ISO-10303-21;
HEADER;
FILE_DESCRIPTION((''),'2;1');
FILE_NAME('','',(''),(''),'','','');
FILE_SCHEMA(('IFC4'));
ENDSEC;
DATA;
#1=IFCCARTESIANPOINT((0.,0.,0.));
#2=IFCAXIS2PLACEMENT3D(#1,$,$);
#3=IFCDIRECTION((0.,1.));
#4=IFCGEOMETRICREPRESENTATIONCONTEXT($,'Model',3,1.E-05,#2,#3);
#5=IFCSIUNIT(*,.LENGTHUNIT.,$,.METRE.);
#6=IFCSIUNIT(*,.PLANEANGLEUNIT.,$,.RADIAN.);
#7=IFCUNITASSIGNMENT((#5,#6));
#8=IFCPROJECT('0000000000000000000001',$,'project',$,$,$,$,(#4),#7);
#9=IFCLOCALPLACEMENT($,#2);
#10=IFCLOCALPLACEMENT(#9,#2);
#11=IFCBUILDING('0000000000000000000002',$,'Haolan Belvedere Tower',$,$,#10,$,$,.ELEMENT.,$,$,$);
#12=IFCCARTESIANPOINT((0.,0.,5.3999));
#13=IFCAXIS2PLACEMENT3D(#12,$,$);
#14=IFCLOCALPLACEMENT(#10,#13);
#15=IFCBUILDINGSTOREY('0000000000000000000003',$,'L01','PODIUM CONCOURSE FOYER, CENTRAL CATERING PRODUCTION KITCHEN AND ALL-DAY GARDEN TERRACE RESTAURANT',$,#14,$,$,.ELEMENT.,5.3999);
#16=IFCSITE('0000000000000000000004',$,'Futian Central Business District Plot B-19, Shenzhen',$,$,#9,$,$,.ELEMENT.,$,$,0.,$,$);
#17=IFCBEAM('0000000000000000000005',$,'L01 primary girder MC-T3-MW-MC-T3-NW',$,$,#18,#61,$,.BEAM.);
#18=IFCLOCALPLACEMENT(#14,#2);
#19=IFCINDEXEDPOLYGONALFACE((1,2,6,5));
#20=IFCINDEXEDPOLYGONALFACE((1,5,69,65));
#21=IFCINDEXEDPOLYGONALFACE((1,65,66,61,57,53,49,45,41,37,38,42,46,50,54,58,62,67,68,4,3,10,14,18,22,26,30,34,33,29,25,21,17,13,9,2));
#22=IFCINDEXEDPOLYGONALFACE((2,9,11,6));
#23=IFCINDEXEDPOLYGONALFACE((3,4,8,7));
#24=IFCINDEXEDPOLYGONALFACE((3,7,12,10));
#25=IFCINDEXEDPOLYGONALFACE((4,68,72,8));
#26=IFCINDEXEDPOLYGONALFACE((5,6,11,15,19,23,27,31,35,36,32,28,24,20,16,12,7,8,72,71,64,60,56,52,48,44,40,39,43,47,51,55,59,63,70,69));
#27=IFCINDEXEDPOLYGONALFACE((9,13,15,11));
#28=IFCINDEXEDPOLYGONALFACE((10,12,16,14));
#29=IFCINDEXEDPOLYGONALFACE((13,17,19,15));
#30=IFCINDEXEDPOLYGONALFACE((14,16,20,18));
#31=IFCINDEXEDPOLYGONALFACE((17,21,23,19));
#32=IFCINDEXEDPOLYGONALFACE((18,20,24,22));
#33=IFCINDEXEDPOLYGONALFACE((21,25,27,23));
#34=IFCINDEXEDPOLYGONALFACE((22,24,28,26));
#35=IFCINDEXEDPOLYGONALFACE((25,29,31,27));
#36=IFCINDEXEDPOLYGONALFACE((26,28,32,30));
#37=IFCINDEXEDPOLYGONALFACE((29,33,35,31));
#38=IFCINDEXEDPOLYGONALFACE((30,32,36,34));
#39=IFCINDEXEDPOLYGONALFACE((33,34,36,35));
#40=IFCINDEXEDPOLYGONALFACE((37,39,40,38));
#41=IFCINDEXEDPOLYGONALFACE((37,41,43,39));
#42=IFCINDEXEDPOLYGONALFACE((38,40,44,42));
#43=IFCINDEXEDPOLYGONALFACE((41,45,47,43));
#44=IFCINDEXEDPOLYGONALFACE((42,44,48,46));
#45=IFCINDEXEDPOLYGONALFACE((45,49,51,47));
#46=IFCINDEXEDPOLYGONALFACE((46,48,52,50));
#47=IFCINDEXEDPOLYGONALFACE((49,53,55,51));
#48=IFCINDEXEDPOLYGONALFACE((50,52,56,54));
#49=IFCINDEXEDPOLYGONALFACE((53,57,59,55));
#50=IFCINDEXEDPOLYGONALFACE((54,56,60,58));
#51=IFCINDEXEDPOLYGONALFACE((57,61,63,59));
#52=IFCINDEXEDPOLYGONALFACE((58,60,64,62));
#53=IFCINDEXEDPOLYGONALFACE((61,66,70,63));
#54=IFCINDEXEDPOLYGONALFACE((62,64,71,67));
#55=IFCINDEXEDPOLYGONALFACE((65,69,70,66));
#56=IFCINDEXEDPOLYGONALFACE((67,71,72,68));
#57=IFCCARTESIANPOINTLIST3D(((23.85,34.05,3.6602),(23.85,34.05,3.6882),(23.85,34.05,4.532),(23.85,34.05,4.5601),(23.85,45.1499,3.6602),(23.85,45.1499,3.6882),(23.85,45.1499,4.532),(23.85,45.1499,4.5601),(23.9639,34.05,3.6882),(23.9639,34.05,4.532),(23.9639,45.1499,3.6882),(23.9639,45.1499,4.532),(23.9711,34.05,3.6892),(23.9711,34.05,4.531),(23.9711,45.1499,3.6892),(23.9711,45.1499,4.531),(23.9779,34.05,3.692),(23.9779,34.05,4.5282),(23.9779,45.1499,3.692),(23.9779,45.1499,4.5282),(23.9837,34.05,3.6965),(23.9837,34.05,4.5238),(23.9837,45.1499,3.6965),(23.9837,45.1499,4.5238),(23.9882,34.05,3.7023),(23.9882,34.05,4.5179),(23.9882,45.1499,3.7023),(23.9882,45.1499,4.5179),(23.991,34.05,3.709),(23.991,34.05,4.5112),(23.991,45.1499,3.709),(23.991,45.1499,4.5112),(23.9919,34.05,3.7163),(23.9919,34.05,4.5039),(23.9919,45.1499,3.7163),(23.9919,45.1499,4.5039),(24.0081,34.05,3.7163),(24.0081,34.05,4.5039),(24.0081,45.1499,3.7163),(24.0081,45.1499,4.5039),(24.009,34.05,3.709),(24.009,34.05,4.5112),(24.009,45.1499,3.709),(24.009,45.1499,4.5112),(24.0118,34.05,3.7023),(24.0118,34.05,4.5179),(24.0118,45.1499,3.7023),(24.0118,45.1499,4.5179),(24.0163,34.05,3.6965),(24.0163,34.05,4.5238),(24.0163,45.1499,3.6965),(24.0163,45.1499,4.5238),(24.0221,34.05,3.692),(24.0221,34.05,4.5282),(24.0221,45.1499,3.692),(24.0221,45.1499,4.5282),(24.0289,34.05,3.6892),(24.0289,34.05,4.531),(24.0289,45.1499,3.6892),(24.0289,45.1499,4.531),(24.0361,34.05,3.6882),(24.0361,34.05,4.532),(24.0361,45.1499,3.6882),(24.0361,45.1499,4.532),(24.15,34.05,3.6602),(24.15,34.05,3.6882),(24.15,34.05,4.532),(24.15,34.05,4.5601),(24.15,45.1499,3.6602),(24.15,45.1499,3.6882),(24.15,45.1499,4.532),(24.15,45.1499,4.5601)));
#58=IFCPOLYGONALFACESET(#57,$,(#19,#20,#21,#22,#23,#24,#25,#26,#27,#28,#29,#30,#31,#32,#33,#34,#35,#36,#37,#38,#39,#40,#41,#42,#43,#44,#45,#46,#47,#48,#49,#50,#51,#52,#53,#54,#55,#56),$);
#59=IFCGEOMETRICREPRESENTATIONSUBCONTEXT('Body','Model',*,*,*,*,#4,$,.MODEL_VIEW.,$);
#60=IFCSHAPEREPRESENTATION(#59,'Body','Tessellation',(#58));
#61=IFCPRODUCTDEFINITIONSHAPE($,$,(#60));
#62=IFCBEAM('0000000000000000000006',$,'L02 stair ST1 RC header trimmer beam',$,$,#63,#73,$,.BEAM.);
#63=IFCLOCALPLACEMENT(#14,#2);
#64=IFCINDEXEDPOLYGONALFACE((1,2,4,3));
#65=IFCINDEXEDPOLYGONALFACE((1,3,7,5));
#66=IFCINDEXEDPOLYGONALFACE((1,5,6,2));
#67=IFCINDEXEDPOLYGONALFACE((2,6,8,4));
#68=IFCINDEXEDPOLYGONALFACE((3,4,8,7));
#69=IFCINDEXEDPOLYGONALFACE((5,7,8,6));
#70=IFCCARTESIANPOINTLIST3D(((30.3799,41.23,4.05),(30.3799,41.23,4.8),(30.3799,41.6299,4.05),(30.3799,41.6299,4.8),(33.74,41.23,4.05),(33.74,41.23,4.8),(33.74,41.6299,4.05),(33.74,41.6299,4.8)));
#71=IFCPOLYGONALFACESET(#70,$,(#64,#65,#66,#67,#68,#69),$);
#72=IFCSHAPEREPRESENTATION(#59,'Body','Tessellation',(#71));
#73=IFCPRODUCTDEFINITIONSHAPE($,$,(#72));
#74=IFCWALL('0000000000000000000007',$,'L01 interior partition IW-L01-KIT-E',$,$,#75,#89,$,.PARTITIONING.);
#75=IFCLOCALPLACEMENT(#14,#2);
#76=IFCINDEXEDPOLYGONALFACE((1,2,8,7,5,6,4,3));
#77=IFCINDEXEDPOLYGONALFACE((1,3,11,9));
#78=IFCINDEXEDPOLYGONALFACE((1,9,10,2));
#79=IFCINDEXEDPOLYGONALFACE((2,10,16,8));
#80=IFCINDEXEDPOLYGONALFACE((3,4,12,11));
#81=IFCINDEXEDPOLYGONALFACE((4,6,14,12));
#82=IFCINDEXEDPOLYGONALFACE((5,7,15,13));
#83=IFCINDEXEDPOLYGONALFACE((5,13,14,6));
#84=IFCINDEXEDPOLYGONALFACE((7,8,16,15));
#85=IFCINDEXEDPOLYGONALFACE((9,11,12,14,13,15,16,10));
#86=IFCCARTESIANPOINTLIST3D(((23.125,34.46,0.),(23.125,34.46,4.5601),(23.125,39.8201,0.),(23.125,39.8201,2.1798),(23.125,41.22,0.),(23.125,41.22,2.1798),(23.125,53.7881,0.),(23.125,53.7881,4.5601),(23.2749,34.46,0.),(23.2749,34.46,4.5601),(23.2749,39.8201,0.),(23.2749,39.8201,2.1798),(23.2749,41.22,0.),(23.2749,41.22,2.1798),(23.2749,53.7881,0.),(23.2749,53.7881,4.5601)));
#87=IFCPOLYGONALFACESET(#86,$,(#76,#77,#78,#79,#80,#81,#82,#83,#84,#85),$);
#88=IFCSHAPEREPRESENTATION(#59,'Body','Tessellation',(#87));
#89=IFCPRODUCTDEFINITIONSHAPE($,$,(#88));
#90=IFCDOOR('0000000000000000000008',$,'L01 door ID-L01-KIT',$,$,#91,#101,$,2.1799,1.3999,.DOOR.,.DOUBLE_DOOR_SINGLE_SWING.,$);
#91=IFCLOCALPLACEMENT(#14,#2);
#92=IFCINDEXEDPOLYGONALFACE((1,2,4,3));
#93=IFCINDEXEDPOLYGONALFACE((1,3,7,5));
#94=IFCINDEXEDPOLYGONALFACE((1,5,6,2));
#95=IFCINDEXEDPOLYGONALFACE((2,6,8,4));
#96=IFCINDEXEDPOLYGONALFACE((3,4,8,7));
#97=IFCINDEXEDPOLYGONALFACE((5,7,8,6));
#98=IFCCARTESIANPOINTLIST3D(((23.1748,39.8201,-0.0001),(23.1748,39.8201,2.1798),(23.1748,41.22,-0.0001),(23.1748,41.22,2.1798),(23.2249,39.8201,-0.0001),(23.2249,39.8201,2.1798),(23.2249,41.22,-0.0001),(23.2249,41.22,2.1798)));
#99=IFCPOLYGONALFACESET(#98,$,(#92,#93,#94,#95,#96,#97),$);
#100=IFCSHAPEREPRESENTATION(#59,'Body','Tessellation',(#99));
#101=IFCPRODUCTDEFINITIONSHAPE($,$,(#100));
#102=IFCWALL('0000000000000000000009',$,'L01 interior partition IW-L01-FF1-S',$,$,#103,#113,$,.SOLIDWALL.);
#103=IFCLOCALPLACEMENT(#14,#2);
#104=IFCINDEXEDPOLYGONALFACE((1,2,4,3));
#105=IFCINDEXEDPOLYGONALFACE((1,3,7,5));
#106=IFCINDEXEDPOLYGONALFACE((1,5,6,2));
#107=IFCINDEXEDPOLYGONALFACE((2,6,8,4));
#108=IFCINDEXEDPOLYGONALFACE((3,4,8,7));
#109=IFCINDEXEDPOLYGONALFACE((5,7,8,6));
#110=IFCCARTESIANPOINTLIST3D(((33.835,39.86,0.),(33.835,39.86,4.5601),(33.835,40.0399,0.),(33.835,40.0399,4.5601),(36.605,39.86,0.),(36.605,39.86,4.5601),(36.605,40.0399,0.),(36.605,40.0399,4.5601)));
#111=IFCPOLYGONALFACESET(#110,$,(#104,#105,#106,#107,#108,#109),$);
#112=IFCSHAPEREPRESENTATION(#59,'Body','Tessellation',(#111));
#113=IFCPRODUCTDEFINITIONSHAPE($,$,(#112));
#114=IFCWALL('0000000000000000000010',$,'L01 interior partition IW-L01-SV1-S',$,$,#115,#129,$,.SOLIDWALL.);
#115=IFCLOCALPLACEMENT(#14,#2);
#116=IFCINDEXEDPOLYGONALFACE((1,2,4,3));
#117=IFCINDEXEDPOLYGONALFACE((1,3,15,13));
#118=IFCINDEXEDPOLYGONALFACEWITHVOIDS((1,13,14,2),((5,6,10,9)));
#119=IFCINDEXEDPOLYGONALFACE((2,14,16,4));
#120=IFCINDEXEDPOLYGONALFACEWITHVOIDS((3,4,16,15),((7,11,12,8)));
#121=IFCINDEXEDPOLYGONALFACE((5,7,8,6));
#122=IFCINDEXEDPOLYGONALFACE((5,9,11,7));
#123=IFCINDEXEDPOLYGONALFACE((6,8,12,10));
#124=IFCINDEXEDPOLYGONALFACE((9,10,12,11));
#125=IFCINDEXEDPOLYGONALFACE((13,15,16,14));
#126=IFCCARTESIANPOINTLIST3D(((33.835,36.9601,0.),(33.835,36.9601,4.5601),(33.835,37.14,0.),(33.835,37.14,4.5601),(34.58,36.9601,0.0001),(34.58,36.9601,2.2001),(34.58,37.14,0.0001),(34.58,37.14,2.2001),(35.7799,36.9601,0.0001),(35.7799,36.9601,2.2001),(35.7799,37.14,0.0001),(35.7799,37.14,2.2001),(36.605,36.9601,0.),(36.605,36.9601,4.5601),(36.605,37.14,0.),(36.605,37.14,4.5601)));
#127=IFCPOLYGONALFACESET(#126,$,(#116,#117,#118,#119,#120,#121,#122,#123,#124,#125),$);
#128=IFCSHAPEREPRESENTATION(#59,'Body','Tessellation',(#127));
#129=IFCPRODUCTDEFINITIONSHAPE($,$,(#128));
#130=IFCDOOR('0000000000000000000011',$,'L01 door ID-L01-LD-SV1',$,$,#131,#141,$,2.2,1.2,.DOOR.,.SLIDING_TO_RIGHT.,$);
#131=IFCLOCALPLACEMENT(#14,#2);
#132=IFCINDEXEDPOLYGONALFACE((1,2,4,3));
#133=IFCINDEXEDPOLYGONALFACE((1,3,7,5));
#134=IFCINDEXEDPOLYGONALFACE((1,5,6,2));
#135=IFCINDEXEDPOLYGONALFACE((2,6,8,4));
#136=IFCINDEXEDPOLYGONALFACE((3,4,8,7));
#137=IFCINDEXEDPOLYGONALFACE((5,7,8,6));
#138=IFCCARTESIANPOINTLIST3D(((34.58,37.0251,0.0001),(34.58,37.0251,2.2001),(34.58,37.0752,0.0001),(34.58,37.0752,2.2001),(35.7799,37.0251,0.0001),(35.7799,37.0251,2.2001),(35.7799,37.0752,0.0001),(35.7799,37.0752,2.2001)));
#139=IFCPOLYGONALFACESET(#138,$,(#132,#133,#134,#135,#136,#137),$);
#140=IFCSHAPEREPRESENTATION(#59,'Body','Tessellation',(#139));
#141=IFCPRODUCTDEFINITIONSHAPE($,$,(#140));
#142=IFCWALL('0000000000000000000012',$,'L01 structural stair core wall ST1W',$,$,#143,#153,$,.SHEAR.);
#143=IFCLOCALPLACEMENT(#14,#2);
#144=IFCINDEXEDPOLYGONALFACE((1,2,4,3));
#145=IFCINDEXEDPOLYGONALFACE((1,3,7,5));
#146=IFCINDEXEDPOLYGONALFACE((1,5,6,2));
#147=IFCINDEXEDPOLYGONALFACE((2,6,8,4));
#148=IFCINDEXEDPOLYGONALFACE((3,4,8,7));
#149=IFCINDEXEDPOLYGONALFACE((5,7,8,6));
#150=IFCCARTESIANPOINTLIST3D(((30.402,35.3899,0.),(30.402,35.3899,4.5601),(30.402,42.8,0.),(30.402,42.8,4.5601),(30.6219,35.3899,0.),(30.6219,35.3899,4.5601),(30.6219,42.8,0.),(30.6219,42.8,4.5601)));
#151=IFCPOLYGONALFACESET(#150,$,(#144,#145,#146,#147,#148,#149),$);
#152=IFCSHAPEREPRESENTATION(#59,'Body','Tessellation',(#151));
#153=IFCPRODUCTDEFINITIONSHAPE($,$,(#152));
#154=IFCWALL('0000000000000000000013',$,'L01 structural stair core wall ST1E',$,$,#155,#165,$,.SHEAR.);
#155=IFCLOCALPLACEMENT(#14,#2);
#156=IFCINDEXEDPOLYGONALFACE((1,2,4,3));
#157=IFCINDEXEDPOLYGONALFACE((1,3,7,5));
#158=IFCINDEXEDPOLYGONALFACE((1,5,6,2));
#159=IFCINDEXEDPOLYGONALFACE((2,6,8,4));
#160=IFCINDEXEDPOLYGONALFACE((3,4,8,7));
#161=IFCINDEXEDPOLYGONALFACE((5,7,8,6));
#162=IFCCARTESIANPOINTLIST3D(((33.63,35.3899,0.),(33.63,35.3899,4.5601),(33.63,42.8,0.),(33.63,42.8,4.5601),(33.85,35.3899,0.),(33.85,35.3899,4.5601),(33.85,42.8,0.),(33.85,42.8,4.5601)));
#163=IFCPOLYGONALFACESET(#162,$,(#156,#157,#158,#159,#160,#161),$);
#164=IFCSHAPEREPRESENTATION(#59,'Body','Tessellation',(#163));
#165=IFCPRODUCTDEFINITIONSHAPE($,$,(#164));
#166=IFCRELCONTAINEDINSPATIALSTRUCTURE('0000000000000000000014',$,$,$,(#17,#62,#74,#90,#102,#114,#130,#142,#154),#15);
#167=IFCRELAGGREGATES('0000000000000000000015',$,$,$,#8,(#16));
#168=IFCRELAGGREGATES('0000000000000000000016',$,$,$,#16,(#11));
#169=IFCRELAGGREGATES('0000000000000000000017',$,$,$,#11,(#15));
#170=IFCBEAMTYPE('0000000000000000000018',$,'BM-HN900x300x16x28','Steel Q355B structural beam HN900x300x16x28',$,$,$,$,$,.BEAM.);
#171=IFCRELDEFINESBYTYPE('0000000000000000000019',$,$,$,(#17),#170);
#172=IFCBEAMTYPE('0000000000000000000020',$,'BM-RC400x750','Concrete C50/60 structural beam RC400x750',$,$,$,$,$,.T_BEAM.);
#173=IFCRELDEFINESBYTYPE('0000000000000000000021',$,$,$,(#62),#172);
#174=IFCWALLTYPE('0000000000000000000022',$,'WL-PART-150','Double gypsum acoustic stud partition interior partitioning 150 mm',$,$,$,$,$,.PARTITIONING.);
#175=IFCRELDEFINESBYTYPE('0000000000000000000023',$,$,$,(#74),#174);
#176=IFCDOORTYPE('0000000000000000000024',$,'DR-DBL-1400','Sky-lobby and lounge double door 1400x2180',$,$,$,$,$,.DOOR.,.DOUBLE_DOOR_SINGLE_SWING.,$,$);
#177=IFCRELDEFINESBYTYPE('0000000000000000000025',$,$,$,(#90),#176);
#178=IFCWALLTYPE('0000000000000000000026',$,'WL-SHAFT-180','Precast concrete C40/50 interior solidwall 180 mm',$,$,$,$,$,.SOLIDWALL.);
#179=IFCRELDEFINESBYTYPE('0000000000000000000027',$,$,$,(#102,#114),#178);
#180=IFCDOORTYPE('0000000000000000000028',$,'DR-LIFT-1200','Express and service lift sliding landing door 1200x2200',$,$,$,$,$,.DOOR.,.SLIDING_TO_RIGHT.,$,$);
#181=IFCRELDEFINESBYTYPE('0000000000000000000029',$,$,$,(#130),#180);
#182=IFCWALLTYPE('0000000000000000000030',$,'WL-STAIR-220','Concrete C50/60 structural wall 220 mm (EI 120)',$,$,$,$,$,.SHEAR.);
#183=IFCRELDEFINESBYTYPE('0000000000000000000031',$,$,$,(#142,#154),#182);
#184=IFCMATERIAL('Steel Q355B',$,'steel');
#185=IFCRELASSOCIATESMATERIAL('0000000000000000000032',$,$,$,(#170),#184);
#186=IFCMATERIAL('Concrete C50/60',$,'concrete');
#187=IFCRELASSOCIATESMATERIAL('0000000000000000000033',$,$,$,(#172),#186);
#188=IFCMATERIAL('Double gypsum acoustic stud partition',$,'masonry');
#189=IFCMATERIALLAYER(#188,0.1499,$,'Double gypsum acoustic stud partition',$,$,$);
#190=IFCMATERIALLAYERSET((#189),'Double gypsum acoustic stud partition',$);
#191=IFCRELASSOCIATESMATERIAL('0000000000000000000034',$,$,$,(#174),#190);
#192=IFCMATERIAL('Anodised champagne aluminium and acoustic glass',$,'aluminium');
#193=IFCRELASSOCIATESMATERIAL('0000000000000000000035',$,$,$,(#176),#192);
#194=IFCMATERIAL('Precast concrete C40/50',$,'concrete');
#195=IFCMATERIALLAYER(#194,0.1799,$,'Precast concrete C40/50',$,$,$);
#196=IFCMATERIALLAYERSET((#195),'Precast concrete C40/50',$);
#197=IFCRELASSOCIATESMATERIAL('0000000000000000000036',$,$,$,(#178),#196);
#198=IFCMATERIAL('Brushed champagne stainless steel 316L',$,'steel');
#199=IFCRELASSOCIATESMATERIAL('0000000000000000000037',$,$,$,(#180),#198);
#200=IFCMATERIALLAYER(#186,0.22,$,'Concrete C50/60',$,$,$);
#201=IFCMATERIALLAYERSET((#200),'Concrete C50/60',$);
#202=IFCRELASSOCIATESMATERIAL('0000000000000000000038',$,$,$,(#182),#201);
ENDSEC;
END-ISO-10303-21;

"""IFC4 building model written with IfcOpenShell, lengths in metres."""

from ifc_helpers import new_model, si_unit, direction, frame, frame_2d, origin, origin_2d, place, context, subcontext, project, spatial, rectangle, i_section, extrude, material, layer, layer_set, material_profile, profile_set, type_object, element, fill, save


model = new_model("IFC4")

# Units and contexts
model_context = context("Model", 3, precision=1e-05, world=origin(), true_north=direction((0.0, 1.0)))
body_context = subcontext(model_context, "Body", "Model", "MODEL_VIEW")
ifc_project = project(units=[si_unit("LENGTHUNIT", "METRE"), si_unit("PLANEANGLEUNIT", "RADIAN")], contexts=[model_context])

# Site, building, storey
site_placement = place(None, origin())
site = spatial("IfcSite", under=ifc_project, at=site_placement, Name="Futian Central Business District Plot B-19, Shenzhen", CompositionType="ELEMENT", RefElevation=0.0)
building_placement = place(site_placement, origin())
building = spatial("IfcBuilding", under=site, at=building_placement, Name="Haolan Belvedere Tower", CompositionType="ELEMENT")
storey_placement = place(building_placement, frame((0.0, 0.0, 5.3999)))
storey = spatial("IfcBuildingStorey", under=building, at=storey_placement, Name="L01", Description="PODIUM CONCOURSE FOYER, CENTRAL CATERING PRODUCTION KITCHEN AND ALL-DAY GARDEN TERRACE RESTAURANT", CompositionType="ELEMENT", Elevation=5.3999)

# Beams
ifc_material_1 = material(Name="Steel Q355B", Category="steel")
ifc_material_profile_1 = material_profile(ifc_material_1, i_section(OverallWidth=0.3, OverallDepth=0.8999, WebThickness=0.0161, FlangeThickness=0.0281, FilletRadius=0.0281, at=origin_2d()), Name="Steel Q355B")
ifc_profile_set_1 = profile_set([ifc_material_profile_1], Name="Steel Q355B")
beam_type_1 = type_object("IfcBeamType", Name="BM-HN900x300x16x28", Description="Steel Q355B structural beam HN900x300x16x28", PredefinedType="BEAM", material=ifc_profile_set_1)
beam_1_placement = place(storey_placement, frame((24.0, 34.05, 4.1101), z_axis=(0.0, 1.0, 0.0), x_axis=(-1.0, 0.0, 0.0)))
element("IfcBeam", 1, at=beam_1_placement, inside=storey, type_object=beam_type_1, Name="L01 primary girder MC-T3-MW-MC-T3-NW", PredefinedType="BEAM", context=body_context, shape_type="SweptSolid", body=[
    extrude(i_section(OverallWidth=0.3, OverallDepth=0.8999, WebThickness=0.0161, FlangeThickness=0.0281, FilletRadius=0.0281, at=origin_2d()), origin(), (0.0, 0.0, 1.0), 11.0999),
])
ifc_material_2 = material(Name="Concrete C50/60", Category="concrete")
ifc_material_profile_2 = material_profile(ifc_material_2, rectangle(XDim=0.3999, YDim=0.75, at=origin_2d()), Name="Concrete C50/60")
ifc_profile_set_2 = profile_set([ifc_material_profile_2], Name="Concrete C50/60")
beam_type_2 = type_object("IfcBeamType", Name="BM-RC400x750", Description="Concrete C50/60 structural beam RC400x750", PredefinedType="T_BEAM", material=ifc_profile_set_2)
beam_2_placement = place(storey_placement, frame((30.3799, 41.4299, 4.425), z_axis=(1.0, 0.0, 0.0), x_axis=(0.0, 1.0, 0.0)))
element("IfcBeam", 2, at=beam_2_placement, inside=storey, type_object=beam_type_2, Name="L02 stair ST1 RC header trimmer beam", PredefinedType="BEAM", context=body_context, shape_type="SweptSolid", body=[
    extrude(rectangle(XDim=0.3999, YDim=0.75, at=origin_2d()), origin(), (0.0, 0.0, 1.0), 3.3601),
])

# Wall, opening, door
ifc_material_3 = material(Name="Double gypsum acoustic stud partition", Category="masonry")
ifc_layer_1 = layer(ifc_material_3, 0.1499, Name="Double gypsum acoustic stud partition")
ifc_layer_set_1 = layer_set([ifc_layer_1], Name="Double gypsum acoustic stud partition")
wall_type_1 = type_object("IfcWallType", Name="WL-PART-150", Description="Double gypsum acoustic stud partition interior partitioning 150 mm", PredefinedType="PARTITIONING", material=ifc_layer_set_1)
wall_1_placement = place(storey_placement, frame((23.2, 34.46, 0.0), z_axis=(0.0, 0.0, 1.0), x_axis=(0.0, 1.0, 0.0)))
wall_1 = element("IfcWall", 3, at=wall_1_placement, inside=storey, type_object=wall_type_1, Name="L01 interior partition IW-L01-KIT-E", PredefinedType="PARTITIONING", context=body_context, shape_type="SweptSolid", body=[
    extrude(rectangle(XDim=19.3281, YDim=0.1499, at=frame_2d((9.6641, 0.0))), origin(), (0.0, 0.0, 1.0), 4.5601),
])
opening_1_placement = place(wall_1_placement, frame((6.76, 0.0, 0.0), z_axis=(0.0, 0.0, 1.0), x_axis=(-1.0, 0.0, 0.0)))
opening_1 = element("IfcOpeningElement", 4, at=opening_1_placement, cuts=wall_1, PredefinedType="OPENING", context=body_context, shape_type="SweptSolid", body=[
    extrude(rectangle(XDim=1.3999, YDim=2.1799, at=frame_2d((0.7, 1.0898))), frame((0.0, 0.085, 0.0), z_axis=(0.0, -1.0, 0.0), x_axis=(1.0, 0.0, 0.0)), (0.0, 0.0, 1.0), 0.1699),
])
ifc_material_4 = material(Name="Anodised champagne aluminium and acoustic glass", Category="aluminium")
door_type_1 = type_object("IfcDoorType", Name="DR-DBL-1400", Description="Sky-lobby and lounge double door 1400x2180", OperationType="DOUBLE_DOOR_SINGLE_SWING", PredefinedType="DOOR", material=ifc_material_4)
door_1_placement = place(opening_1_placement, origin())
door_1 = element("IfcDoor", 5, at=door_1_placement, inside=storey, type_object=door_type_1, Name="L01 door ID-L01-KIT", OperationType="DOUBLE_DOOR_SINGLE_SWING", OverallHeight=2.1799, OverallWidth=1.3999, PredefinedType="DOOR", context=body_context, shape_type="SweptSolid", body=[
    extrude(rectangle(XDim=1.3999, YDim=2.1799, at=frame_2d((0.7, 1.0898))), frame((0.0, 0.0249, 0.0), z_axis=(0.0, -1.0, 0.0), x_axis=(1.0, 0.0, 0.0)), (0.0, 0.0, 1.0), 0.05),
])
fill(opening_1, door_1)

# Wall
ifc_material_5 = material(Name="Precast concrete C40/50", Category="concrete")
ifc_layer_2 = layer(ifc_material_5, 0.1799, Name="Precast concrete C40/50")
ifc_layer_set_2 = layer_set([ifc_layer_2], Name="Precast concrete C40/50")
wall_type_2 = type_object("IfcWallType", Name="WL-SHAFT-180", Description="Precast concrete C40/50 interior solidwall 180 mm", PredefinedType="SOLIDWALL", material=ifc_layer_set_2)
wall_2_placement = place(storey_placement, frame((33.835, 39.95, 0.0), z_axis=(0.0, 0.0, 1.0), x_axis=(1.0, 0.0, 0.0)))
element("IfcWall", 6, at=wall_2_placement, inside=storey, type_object=wall_type_2, Name="L01 interior partition IW-L01-FF1-S", PredefinedType="SOLIDWALL", context=body_context, shape_type="SweptSolid", body=[
    extrude(rectangle(XDim=2.77, YDim=0.1799, at=frame_2d((1.385, 0.0))), origin(), (0.0, 0.0, 1.0), 4.5601),
])

# Wall, opening, door
wall_3_placement = place(storey_placement, frame((33.835, 37.05, 0.0), z_axis=(0.0, 0.0, 1.0), x_axis=(1.0, 0.0, 0.0)))
wall_3 = element("IfcWall", 7, at=wall_3_placement, inside=storey, type_object=wall_type_2, Name="L01 interior partition IW-L01-SV1-S", PredefinedType="SOLIDWALL", context=body_context, shape_type="SweptSolid", body=[
    extrude(rectangle(XDim=2.77, YDim=0.1799, at=frame_2d((1.385, 0.0))), origin(), (0.0, 0.0, 1.0), 4.5601),
])
opening_2_placement = place(wall_3_placement, frame((1.9451, 0.0, 0.0), z_axis=(0.0, 0.0, 1.0), x_axis=(-1.0, 0.0, 0.0)))
opening_2 = element("IfcOpeningElement", 8, at=opening_2_placement, cuts=wall_3, PredefinedType="OPENING", context=body_context, shape_type="SweptSolid", body=[
    extrude(rectangle(XDim=1.2, YDim=2.2, at=frame_2d((0.6001, 1.1001))), frame((0.0, 0.0999, 0.0), z_axis=(0.0, -1.0, 0.0), x_axis=(1.0, 0.0, 0.0)), (0.0, 0.0, 1.0), 0.2),
])
ifc_material_6 = material(Name="Brushed champagne stainless steel 316L", Category="steel")
door_type_2 = type_object("IfcDoorType", Name="DR-LIFT-1200", Description="Express and service lift sliding landing door 1200x2200", OperationType="SLIDING_TO_RIGHT", PredefinedType="DOOR", material=ifc_material_6)
door_2_placement = place(opening_2_placement, origin())
door_2 = element("IfcDoor", 9, at=door_2_placement, inside=storey, type_object=door_type_2, Name="L01 door ID-L01-LD-SV1", OperationType="SLIDING_TO_RIGHT", OverallHeight=2.2, OverallWidth=1.2, PredefinedType="DOOR", context=body_context, shape_type="SweptSolid", body=[
    extrude(rectangle(XDim=1.2, YDim=2.2, at=frame_2d((0.6001, 1.1001))), frame((0.0, 0.0249, 0.0), z_axis=(0.0, -1.0, 0.0), x_axis=(1.0, 0.0, 0.0)), (0.0, 0.0, 1.0), 0.05),
])
fill(opening_2, door_2)

# Walls
ifc_layer_3 = layer(ifc_material_2, 0.22, Name="Concrete C50/60")
ifc_layer_set_3 = layer_set([ifc_layer_3], Name="Concrete C50/60")
wall_type_3 = type_object("IfcWallType", Name="WL-STAIR-220", Description="Concrete C50/60 structural wall 220 mm (EI 120)", PredefinedType="SHEAR", material=ifc_layer_set_3)
for number, where, z_axis, x_axis, name in (
    (10, (30.512, 35.3899, 0.0), (0.0, 0.0, 1.0), (0.0, 1.0, 0.0), "L01 structural stair core wall ST1W"),
    (11, (33.74, 35.3899, 0.0), (0.0, 0.0, 1.0), (0.0, 1.0, 0.0), "L01 structural stair core wall ST1E"),
):
    element("IfcWall", number, at=place(storey_placement, frame(where, z_axis=z_axis, x_axis=x_axis)), inside=storey, type_object=wall_type_3, Name=name, PredefinedType="SHEAR", context=body_context, shape_type="SweptSolid", body=[
        extrude(rectangle(XDim=7.4102, YDim=0.22, at=frame_2d((3.7051, 0.0))), origin(), (0.0, 0.0, 1.0), 4.5601),
    ])

save(model, "model.ifc")
